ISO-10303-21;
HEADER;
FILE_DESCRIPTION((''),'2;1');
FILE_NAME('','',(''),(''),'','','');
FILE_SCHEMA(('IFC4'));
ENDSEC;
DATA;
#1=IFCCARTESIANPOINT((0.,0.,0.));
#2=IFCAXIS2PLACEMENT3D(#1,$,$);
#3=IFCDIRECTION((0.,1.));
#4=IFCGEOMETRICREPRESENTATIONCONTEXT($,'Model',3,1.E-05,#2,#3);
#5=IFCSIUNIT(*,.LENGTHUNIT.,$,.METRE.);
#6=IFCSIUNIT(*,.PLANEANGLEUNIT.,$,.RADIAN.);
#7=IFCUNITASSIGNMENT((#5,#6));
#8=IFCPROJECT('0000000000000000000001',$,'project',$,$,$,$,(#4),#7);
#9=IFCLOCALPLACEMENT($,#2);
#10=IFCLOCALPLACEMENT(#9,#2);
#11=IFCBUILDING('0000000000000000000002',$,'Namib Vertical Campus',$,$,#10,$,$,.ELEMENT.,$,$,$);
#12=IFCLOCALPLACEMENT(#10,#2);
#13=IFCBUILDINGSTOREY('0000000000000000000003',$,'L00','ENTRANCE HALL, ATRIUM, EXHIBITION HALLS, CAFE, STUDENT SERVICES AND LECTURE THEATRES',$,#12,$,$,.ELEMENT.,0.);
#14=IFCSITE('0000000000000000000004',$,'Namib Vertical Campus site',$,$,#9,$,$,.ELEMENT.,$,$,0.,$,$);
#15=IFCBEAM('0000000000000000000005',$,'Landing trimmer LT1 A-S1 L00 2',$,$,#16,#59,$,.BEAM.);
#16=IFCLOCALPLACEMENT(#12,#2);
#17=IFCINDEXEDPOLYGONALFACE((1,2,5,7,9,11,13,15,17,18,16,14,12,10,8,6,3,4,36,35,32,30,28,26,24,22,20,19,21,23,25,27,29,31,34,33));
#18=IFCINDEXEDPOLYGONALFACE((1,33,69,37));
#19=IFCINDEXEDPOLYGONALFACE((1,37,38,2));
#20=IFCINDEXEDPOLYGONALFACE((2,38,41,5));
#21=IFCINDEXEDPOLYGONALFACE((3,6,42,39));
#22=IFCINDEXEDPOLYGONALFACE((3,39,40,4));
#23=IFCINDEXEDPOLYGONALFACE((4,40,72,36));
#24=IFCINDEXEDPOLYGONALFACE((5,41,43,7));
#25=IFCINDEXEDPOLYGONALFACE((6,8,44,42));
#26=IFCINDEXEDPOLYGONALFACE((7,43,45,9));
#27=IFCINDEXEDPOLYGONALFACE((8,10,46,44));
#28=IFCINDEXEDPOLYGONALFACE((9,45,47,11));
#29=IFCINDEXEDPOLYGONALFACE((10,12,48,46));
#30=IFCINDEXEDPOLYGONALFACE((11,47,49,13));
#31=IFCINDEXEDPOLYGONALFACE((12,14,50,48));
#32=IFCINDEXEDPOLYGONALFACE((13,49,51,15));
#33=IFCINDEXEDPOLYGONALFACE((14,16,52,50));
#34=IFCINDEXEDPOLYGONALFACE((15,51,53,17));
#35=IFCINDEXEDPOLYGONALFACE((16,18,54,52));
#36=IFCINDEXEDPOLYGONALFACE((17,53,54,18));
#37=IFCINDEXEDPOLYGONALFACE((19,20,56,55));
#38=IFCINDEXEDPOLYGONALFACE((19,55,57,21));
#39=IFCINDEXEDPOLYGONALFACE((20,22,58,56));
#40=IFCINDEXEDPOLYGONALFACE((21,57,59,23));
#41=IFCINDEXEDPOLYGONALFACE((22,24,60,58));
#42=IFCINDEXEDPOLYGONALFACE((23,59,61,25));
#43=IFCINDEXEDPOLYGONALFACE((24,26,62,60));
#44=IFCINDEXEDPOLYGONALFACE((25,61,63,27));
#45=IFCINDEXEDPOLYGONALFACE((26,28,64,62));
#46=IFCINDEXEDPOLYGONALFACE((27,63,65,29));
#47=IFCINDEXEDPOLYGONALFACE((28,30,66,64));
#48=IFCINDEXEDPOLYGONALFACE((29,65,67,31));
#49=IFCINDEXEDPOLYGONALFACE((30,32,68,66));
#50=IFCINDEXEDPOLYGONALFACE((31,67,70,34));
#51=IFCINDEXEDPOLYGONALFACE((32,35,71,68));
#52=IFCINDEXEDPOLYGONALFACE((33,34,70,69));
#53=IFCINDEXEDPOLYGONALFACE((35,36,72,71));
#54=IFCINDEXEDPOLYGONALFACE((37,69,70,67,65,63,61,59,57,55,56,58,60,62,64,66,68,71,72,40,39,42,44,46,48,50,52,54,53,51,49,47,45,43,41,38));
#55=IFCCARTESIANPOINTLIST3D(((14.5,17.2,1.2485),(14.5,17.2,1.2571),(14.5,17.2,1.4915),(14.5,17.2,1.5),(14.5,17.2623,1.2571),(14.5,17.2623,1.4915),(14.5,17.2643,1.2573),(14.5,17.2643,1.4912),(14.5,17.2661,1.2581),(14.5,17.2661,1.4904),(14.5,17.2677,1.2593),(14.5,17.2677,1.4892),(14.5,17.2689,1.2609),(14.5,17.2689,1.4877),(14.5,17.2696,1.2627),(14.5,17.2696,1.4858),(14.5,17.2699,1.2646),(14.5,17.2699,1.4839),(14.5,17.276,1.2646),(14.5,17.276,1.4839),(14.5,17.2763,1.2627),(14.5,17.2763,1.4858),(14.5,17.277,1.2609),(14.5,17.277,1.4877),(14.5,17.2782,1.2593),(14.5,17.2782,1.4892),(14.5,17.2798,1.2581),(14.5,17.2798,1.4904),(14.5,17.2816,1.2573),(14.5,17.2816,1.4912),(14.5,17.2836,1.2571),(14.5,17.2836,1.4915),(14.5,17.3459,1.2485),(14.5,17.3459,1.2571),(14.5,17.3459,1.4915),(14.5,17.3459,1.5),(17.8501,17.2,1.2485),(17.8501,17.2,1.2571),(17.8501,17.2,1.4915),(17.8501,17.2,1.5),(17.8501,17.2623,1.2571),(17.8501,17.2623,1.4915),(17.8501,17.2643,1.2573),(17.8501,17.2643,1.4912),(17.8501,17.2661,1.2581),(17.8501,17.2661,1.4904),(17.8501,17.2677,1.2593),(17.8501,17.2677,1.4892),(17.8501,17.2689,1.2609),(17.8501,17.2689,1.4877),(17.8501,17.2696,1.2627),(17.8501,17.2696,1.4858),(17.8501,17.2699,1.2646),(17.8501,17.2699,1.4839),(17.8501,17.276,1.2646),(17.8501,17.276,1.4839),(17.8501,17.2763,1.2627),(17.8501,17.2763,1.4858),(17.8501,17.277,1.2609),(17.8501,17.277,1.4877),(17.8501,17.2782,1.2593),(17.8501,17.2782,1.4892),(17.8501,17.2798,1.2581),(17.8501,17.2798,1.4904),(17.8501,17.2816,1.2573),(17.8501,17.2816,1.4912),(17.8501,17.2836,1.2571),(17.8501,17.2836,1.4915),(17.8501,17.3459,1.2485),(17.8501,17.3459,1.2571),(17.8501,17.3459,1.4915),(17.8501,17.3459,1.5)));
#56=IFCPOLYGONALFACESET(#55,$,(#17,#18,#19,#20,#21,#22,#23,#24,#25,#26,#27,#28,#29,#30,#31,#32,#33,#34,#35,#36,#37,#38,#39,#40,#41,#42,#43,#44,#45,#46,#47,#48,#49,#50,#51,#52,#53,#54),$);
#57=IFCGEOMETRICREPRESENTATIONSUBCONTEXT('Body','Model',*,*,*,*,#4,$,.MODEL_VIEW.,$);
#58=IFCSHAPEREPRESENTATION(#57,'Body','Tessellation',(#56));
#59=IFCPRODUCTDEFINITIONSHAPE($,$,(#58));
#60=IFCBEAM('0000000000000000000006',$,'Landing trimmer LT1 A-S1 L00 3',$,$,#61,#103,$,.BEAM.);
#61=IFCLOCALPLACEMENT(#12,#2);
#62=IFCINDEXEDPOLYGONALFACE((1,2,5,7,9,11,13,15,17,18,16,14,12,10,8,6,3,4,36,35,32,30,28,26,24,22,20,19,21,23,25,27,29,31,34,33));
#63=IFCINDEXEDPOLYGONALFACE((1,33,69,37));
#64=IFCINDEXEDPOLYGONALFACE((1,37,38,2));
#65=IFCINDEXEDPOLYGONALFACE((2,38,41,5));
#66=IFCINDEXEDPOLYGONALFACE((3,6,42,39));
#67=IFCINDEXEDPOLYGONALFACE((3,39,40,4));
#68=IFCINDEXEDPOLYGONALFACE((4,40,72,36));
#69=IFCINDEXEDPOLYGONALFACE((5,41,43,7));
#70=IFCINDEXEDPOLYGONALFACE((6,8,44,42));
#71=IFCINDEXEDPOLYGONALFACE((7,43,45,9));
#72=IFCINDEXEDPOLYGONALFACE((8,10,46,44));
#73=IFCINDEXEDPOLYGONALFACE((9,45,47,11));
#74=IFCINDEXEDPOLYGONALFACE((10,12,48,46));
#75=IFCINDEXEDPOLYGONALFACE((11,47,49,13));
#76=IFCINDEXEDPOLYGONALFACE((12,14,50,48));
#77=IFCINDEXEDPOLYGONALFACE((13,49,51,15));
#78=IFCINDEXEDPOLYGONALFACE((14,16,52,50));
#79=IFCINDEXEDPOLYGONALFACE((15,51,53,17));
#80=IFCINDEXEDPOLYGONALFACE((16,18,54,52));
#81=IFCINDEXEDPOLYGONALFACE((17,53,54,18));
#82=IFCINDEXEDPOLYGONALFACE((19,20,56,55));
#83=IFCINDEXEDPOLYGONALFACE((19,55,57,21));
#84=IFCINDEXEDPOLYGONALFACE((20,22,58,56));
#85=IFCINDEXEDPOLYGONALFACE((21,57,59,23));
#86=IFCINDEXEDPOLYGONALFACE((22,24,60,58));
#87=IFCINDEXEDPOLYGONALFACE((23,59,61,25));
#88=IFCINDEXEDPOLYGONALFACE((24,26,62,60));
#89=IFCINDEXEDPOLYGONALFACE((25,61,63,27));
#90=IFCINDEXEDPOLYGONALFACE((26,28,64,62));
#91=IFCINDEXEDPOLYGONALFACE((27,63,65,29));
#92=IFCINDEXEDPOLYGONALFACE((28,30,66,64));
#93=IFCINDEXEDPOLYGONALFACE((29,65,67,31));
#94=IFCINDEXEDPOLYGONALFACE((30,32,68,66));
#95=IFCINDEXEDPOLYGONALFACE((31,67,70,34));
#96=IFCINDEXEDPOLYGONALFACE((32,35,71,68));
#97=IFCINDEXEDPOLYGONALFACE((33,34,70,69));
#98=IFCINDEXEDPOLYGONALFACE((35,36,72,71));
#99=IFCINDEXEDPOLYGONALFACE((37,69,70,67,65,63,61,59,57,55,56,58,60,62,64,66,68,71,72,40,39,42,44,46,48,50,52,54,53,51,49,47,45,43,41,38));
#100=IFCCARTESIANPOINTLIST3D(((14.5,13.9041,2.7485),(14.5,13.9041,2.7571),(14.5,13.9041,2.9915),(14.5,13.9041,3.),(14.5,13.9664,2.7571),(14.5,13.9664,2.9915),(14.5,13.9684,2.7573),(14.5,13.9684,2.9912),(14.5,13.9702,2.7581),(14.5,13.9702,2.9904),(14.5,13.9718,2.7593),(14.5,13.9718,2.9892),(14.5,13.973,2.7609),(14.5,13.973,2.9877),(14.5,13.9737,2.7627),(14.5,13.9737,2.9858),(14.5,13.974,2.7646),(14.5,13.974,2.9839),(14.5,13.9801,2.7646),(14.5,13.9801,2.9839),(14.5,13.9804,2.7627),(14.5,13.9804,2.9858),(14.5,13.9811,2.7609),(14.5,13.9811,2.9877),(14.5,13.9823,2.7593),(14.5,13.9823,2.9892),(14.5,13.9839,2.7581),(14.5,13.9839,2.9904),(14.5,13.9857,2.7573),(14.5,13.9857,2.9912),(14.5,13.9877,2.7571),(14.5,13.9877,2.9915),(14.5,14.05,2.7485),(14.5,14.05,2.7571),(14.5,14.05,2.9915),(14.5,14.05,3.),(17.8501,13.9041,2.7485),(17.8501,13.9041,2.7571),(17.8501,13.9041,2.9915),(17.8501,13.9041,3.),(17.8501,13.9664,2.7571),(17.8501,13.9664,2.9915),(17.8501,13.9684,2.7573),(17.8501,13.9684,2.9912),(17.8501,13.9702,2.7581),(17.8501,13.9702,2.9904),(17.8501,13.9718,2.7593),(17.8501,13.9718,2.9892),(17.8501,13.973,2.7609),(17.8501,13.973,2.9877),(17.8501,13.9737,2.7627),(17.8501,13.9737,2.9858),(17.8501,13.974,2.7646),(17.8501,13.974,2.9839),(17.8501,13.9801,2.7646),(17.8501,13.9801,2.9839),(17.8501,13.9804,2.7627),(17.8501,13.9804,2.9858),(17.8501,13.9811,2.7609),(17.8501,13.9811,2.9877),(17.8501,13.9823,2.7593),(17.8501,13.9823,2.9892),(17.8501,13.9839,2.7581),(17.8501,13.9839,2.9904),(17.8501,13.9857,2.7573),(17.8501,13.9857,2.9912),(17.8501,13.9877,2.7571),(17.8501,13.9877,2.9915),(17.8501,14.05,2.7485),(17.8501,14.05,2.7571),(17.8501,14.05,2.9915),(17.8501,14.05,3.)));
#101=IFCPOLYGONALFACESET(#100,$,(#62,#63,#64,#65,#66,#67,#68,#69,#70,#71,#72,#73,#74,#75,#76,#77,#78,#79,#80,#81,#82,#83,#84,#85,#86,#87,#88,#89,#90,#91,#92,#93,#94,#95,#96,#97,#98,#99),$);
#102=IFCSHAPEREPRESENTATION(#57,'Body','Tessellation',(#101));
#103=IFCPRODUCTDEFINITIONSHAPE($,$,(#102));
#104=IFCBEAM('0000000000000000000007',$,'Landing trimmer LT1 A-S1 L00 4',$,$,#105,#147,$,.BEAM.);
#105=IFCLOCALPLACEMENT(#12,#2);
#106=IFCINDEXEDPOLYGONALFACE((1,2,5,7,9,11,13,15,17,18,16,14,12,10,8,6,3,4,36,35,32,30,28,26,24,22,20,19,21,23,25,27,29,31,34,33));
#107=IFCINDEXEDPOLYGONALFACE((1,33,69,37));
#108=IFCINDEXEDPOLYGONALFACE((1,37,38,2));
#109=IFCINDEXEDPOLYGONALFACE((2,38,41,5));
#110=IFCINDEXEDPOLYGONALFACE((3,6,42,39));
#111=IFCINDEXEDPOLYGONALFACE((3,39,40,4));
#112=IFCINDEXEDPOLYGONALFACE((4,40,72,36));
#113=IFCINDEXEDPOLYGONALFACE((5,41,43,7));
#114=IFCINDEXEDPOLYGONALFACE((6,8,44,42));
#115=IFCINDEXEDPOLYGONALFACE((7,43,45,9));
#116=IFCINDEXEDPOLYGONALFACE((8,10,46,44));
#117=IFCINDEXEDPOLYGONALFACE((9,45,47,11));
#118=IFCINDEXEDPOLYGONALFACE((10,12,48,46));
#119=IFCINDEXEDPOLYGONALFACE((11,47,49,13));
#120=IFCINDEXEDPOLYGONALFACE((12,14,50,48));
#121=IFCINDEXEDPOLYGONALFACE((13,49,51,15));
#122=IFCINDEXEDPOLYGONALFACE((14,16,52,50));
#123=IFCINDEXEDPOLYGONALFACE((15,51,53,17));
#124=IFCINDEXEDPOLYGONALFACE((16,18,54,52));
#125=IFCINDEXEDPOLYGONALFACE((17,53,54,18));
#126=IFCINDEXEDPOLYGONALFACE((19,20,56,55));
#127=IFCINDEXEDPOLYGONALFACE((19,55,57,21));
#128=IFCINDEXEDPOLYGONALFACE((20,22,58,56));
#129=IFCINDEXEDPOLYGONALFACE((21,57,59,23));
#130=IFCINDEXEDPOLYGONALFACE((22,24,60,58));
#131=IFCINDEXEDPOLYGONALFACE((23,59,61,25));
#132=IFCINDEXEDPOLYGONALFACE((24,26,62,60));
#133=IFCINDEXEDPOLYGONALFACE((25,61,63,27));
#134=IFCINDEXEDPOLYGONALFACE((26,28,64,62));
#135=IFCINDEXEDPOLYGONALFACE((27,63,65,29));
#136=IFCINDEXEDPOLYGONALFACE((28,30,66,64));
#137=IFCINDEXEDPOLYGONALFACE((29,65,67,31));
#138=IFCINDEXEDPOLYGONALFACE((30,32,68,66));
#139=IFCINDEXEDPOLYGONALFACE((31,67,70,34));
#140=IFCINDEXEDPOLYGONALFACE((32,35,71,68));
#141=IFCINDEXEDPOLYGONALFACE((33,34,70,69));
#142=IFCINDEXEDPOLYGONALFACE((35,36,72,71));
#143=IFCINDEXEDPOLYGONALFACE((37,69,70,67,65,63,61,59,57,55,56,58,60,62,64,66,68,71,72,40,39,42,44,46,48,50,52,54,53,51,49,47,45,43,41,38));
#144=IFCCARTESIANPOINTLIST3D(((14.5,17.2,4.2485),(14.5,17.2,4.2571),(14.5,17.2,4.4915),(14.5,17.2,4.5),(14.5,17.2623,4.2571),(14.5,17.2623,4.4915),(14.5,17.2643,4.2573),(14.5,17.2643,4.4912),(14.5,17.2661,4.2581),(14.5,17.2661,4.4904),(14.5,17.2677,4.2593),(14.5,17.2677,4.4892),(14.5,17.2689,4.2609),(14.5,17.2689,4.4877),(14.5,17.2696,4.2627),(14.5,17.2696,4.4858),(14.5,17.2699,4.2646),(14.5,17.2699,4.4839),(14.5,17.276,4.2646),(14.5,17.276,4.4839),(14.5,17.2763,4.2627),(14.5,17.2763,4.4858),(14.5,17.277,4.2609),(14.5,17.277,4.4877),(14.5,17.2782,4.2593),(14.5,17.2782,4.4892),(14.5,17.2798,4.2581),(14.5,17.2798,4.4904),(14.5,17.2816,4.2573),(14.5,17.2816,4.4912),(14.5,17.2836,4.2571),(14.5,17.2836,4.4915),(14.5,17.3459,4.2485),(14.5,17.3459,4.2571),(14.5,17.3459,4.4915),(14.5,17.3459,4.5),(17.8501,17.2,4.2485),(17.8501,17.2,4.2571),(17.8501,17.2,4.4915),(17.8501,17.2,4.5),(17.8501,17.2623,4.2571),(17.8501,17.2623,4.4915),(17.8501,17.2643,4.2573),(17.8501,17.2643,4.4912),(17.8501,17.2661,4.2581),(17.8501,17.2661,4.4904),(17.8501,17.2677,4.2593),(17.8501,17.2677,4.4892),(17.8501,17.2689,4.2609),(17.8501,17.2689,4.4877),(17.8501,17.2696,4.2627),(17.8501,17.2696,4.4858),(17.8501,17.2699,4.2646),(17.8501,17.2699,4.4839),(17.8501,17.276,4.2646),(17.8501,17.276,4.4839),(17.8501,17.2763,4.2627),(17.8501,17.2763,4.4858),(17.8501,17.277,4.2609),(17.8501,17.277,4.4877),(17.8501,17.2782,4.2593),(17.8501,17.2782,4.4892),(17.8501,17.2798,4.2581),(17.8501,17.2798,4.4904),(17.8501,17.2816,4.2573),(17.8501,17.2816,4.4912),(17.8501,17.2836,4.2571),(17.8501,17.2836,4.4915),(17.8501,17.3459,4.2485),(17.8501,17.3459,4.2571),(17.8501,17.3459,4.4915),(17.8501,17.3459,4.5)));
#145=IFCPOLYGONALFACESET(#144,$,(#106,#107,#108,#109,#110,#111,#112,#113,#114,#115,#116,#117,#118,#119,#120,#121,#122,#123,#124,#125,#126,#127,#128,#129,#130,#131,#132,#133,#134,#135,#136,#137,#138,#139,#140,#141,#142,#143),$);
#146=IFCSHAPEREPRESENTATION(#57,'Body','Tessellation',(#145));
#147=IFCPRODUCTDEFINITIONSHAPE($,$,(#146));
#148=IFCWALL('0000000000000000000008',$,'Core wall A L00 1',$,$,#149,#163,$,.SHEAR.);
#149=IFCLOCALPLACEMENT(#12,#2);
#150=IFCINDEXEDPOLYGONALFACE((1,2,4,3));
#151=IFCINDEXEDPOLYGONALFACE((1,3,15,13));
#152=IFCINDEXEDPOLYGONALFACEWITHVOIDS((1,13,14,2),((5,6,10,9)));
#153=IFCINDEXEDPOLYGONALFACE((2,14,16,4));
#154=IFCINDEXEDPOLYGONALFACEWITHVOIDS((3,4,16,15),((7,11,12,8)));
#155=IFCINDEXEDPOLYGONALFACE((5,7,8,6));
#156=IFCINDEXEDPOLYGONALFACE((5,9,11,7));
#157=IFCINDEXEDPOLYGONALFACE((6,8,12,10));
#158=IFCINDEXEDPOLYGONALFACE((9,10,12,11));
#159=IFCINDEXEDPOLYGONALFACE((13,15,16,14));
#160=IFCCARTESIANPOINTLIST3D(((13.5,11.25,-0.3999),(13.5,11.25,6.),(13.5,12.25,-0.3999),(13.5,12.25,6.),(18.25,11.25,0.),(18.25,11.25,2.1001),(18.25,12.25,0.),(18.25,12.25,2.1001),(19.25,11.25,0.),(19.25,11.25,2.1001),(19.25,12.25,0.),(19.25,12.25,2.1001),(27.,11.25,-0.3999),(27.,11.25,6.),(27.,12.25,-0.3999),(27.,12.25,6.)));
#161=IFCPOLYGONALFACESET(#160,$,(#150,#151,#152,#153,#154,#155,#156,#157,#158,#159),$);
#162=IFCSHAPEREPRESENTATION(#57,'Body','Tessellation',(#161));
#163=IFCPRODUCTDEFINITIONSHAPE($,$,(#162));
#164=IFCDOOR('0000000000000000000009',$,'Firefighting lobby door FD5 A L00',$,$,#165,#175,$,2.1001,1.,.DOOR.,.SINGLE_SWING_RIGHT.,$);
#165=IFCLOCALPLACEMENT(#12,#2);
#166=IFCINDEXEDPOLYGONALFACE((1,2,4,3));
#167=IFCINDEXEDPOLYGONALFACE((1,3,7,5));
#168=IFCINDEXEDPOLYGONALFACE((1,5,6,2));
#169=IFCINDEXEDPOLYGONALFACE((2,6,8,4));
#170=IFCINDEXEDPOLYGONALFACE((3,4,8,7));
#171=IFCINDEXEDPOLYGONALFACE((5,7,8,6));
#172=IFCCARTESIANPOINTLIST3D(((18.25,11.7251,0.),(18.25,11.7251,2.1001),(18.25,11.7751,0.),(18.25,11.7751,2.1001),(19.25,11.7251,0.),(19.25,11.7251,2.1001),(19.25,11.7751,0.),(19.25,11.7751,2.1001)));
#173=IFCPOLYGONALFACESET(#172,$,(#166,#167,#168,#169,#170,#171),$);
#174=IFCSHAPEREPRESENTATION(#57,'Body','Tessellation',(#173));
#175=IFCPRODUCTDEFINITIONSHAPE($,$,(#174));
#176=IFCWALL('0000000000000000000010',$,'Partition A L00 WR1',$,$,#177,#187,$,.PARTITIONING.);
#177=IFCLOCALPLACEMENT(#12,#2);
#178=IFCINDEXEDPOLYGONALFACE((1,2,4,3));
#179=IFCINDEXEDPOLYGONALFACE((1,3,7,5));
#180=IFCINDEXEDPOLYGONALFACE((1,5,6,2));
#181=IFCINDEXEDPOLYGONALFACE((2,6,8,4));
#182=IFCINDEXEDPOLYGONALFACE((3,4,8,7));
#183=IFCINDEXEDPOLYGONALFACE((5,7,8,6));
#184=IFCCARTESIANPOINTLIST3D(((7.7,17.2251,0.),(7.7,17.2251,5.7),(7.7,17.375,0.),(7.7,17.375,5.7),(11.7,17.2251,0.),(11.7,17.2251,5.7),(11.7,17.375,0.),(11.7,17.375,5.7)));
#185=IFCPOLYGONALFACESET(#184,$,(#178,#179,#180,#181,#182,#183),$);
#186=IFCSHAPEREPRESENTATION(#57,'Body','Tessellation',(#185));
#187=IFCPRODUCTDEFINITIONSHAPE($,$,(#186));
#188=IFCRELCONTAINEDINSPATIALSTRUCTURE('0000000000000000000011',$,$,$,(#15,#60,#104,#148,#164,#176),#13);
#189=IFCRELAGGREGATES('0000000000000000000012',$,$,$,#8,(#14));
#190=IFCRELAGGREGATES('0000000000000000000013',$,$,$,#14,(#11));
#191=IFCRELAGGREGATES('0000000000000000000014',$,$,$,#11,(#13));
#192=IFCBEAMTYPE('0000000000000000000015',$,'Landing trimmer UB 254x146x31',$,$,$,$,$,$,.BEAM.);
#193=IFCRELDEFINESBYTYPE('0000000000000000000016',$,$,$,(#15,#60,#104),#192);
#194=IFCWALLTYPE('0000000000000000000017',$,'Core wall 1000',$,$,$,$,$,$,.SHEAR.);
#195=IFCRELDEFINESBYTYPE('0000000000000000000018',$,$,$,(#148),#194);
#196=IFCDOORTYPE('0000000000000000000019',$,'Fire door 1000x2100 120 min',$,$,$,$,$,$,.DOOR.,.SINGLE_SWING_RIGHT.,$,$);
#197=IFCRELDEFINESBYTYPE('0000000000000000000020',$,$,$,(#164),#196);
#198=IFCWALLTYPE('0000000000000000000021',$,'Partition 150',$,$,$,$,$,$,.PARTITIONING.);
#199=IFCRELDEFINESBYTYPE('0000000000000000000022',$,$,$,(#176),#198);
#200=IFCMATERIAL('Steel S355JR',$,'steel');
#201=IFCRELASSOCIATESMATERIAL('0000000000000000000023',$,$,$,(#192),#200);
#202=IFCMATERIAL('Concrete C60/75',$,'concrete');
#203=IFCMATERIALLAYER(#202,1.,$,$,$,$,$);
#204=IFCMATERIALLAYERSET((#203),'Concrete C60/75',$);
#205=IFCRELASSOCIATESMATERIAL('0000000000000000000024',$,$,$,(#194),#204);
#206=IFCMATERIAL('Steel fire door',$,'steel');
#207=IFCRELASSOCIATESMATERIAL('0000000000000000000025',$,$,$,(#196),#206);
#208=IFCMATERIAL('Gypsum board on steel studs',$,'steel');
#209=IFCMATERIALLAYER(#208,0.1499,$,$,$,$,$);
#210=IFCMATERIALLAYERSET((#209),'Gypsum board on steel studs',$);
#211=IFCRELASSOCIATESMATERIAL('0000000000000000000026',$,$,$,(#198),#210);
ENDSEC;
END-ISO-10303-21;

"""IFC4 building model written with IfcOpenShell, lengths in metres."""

from ifc_helpers import new_model, si_unit, direction, frame, frame_2d, origin, origin_2d, place, context, subcontext, project, spatial, rectangle, i_section, extrude, material, layer, layer_set, material_profile, profile_set, type_object, element, fill, save


model = new_model("IFC4")

# Units and contexts
model_context = context("Model", 3, precision=1e-05, world=origin(), true_north=direction((0.0, 1.0)))
body_context = subcontext(model_context, "Body", "Model", "MODEL_VIEW")
ifc_project = project(units=[si_unit("LENGTHUNIT", "METRE"), si_unit("PLANEANGLEUNIT", "RADIAN")], contexts=[model_context])

# Site, building, storey
site_placement = place(None, origin())
site = spatial("IfcSite", under=ifc_project, at=site_placement, Name="Namib Vertical Campus site", CompositionType="ELEMENT", RefElevation=0.0)
building_placement = place(site_placement, origin())
building = spatial("IfcBuilding", under=site, at=building_placement, Name="Namib Vertical Campus", CompositionType="ELEMENT")
storey_placement = place(building_placement, origin())
storey = spatial("IfcBuildingStorey", under=building, at=storey_placement, Name="L00", Description="ENTRANCE HALL, ATRIUM, EXHIBITION HALLS, CAFE, STUDENT SERVICES AND LECTURE THEATRES", CompositionType="ELEMENT", Elevation=0.0)

# Beams
ifc_material_1 = material(Name="Steel S355JR", Category="steel")
ifc_material_profile_1 = material_profile(ifc_material_1, i_section(OverallWidth=0.146, OverallDepth=0.2515, WebThickness=0.0061, FlangeThickness=0.0085, FilletRadius=0.0076, at=origin_2d()))
ifc_profile_set_1 = profile_set([ifc_material_profile_1], Name="Steel S355JR")
beam_type = type_object("IfcBeamType", Name="Landing trimmer UB 254x146x31", PredefinedType="BEAM", material=ifc_profile_set_1)
for number, where, z_axis, x_axis, name in (
    (1, (14.5, 17.2729, 1.3743), (1.0, 0.0, 0.0), (0.0, 1.0, 0.0), "Landing trimmer LT1 A-S1 L00 2"),
    (2, (14.5, 13.9771, 2.8743), (1.0, 0.0, 0.0), (0.0, 1.0, 0.0), "Landing trimmer LT1 A-S1 L00 3"),
    (3, (14.5, 17.2729, 4.3743), (1.0, 0.0, 0.0), (0.0, 1.0, 0.0), "Landing trimmer LT1 A-S1 L00 4"),
):
    element("IfcBeam", number, at=place(storey_placement, frame(where, z_axis=z_axis, x_axis=x_axis)), inside=storey, type_object=beam_type, Name=name, PredefinedType="BEAM", context=body_context, shape_type="SweptSolid", body=[
        extrude(i_section(OverallWidth=0.146, OverallDepth=0.2515, WebThickness=0.0061, FlangeThickness=0.0085, FilletRadius=0.0076, at=origin_2d()), origin(), (0.0, 0.0, 1.0), 3.3501),
    ])

# Wall, opening, door
ifc_material_2 = material(Name="Concrete C60/75", Category="concrete")
ifc_layer_1 = layer(ifc_material_2, 1.0)
ifc_layer_set_1 = layer_set([ifc_layer_1], Name="Concrete C60/75")
wall_type_1 = type_object("IfcWallType", Name="Core wall 1000", PredefinedType="SHEAR", material=ifc_layer_set_1)
wall_1_placement = place(storey_placement, frame((13.5, 11.75, -0.3999), z_axis=(0.0, 0.0, 1.0), x_axis=(1.0, 0.0, 0.0)))
wall_1 = element("IfcWall", 4, at=wall_1_placement, inside=storey, type_object=wall_type_1, Name="Core wall A L00 1", PredefinedType="SHEAR", context=body_context, shape_type="SweptSolid", body=[
    extrude(rectangle(XDim=13.5, YDim=1.0, at=frame_2d((6.75, 0.0))), origin(), (0.0, 0.0, 1.0), 6.3999),
])
opening_1_placement = place(wall_1_placement, frame((4.75, 0.0, 0.3999)))
opening_1 = element("IfcOpeningElement", 5, at=opening_1_placement, cuts=wall_1, PredefinedType="OPENING", context=body_context, shape_type="SweptSolid", body=[
    extrude(rectangle(XDim=1.0, YDim=2.1001, at=frame_2d((0.5, 1.05))), frame((0.0, 0.51, 0.0), z_axis=(0.0, -1.0, 0.0), x_axis=(1.0, 0.0, 0.0)), (0.0, 0.0, 1.0), 1.02),
])
ifc_material_3 = material(Name="Steel fire door", Category="steel")
door_type_1 = type_object("IfcDoorType", Name="Fire door 1000x2100 120 min", OperationType="SINGLE_SWING_RIGHT", PredefinedType="DOOR", material=ifc_material_3)
door_1_placement = place(opening_1_placement, frame((1.0, 0.0, 0.0), z_axis=(0.0, 0.0, 1.0), x_axis=(-1.0, 0.0, 0.0)))
door_1 = element("IfcDoor", 6, at=door_1_placement, inside=storey, type_object=door_type_1, Name="Firefighting lobby door FD5 A L00", OperationType="SINGLE_SWING_RIGHT", OverallHeight=2.1001, OverallWidth=1.0, PredefinedType="DOOR", context=body_context, shape_type="SweptSolid", body=[
    extrude(rectangle(XDim=1.0, YDim=2.1001, at=frame_2d((0.5, 1.05))), frame((0.0, 0.0249, 0.0), z_axis=(0.0, -1.0, 0.0), x_axis=(1.0, 0.0, 0.0)), (0.0, 0.0, 1.0), 0.05),
])
fill(opening_1, door_1)

# Wall
ifc_material_4 = material(Name="Gypsum board on steel studs", Category="steel")
ifc_layer_2 = layer(ifc_material_4, 0.1499)
ifc_layer_set_2 = layer_set([ifc_layer_2], Name="Gypsum board on steel studs")
wall_type_2 = type_object("IfcWallType", Name="Partition 150", PredefinedType="PARTITIONING", material=ifc_layer_set_2)
wall_2_placement = place(storey_placement, frame((11.7, 17.3, 0.0), z_axis=(0.0, 0.0, 1.0), x_axis=(-1.0, 0.0, 0.0)))
element("IfcWall", 7, at=wall_2_placement, inside=storey, type_object=wall_type_2, Name="Partition A L00 WR1", PredefinedType="PARTITIONING", context=body_context, shape_type="SweptSolid", body=[
    extrude(rectangle(XDim=4.0, YDim=0.1499, at=frame_2d((2.0, 0.0))), origin(), (0.0, 0.0, 1.0), 5.7),
])

save(model, "model.ifc")
